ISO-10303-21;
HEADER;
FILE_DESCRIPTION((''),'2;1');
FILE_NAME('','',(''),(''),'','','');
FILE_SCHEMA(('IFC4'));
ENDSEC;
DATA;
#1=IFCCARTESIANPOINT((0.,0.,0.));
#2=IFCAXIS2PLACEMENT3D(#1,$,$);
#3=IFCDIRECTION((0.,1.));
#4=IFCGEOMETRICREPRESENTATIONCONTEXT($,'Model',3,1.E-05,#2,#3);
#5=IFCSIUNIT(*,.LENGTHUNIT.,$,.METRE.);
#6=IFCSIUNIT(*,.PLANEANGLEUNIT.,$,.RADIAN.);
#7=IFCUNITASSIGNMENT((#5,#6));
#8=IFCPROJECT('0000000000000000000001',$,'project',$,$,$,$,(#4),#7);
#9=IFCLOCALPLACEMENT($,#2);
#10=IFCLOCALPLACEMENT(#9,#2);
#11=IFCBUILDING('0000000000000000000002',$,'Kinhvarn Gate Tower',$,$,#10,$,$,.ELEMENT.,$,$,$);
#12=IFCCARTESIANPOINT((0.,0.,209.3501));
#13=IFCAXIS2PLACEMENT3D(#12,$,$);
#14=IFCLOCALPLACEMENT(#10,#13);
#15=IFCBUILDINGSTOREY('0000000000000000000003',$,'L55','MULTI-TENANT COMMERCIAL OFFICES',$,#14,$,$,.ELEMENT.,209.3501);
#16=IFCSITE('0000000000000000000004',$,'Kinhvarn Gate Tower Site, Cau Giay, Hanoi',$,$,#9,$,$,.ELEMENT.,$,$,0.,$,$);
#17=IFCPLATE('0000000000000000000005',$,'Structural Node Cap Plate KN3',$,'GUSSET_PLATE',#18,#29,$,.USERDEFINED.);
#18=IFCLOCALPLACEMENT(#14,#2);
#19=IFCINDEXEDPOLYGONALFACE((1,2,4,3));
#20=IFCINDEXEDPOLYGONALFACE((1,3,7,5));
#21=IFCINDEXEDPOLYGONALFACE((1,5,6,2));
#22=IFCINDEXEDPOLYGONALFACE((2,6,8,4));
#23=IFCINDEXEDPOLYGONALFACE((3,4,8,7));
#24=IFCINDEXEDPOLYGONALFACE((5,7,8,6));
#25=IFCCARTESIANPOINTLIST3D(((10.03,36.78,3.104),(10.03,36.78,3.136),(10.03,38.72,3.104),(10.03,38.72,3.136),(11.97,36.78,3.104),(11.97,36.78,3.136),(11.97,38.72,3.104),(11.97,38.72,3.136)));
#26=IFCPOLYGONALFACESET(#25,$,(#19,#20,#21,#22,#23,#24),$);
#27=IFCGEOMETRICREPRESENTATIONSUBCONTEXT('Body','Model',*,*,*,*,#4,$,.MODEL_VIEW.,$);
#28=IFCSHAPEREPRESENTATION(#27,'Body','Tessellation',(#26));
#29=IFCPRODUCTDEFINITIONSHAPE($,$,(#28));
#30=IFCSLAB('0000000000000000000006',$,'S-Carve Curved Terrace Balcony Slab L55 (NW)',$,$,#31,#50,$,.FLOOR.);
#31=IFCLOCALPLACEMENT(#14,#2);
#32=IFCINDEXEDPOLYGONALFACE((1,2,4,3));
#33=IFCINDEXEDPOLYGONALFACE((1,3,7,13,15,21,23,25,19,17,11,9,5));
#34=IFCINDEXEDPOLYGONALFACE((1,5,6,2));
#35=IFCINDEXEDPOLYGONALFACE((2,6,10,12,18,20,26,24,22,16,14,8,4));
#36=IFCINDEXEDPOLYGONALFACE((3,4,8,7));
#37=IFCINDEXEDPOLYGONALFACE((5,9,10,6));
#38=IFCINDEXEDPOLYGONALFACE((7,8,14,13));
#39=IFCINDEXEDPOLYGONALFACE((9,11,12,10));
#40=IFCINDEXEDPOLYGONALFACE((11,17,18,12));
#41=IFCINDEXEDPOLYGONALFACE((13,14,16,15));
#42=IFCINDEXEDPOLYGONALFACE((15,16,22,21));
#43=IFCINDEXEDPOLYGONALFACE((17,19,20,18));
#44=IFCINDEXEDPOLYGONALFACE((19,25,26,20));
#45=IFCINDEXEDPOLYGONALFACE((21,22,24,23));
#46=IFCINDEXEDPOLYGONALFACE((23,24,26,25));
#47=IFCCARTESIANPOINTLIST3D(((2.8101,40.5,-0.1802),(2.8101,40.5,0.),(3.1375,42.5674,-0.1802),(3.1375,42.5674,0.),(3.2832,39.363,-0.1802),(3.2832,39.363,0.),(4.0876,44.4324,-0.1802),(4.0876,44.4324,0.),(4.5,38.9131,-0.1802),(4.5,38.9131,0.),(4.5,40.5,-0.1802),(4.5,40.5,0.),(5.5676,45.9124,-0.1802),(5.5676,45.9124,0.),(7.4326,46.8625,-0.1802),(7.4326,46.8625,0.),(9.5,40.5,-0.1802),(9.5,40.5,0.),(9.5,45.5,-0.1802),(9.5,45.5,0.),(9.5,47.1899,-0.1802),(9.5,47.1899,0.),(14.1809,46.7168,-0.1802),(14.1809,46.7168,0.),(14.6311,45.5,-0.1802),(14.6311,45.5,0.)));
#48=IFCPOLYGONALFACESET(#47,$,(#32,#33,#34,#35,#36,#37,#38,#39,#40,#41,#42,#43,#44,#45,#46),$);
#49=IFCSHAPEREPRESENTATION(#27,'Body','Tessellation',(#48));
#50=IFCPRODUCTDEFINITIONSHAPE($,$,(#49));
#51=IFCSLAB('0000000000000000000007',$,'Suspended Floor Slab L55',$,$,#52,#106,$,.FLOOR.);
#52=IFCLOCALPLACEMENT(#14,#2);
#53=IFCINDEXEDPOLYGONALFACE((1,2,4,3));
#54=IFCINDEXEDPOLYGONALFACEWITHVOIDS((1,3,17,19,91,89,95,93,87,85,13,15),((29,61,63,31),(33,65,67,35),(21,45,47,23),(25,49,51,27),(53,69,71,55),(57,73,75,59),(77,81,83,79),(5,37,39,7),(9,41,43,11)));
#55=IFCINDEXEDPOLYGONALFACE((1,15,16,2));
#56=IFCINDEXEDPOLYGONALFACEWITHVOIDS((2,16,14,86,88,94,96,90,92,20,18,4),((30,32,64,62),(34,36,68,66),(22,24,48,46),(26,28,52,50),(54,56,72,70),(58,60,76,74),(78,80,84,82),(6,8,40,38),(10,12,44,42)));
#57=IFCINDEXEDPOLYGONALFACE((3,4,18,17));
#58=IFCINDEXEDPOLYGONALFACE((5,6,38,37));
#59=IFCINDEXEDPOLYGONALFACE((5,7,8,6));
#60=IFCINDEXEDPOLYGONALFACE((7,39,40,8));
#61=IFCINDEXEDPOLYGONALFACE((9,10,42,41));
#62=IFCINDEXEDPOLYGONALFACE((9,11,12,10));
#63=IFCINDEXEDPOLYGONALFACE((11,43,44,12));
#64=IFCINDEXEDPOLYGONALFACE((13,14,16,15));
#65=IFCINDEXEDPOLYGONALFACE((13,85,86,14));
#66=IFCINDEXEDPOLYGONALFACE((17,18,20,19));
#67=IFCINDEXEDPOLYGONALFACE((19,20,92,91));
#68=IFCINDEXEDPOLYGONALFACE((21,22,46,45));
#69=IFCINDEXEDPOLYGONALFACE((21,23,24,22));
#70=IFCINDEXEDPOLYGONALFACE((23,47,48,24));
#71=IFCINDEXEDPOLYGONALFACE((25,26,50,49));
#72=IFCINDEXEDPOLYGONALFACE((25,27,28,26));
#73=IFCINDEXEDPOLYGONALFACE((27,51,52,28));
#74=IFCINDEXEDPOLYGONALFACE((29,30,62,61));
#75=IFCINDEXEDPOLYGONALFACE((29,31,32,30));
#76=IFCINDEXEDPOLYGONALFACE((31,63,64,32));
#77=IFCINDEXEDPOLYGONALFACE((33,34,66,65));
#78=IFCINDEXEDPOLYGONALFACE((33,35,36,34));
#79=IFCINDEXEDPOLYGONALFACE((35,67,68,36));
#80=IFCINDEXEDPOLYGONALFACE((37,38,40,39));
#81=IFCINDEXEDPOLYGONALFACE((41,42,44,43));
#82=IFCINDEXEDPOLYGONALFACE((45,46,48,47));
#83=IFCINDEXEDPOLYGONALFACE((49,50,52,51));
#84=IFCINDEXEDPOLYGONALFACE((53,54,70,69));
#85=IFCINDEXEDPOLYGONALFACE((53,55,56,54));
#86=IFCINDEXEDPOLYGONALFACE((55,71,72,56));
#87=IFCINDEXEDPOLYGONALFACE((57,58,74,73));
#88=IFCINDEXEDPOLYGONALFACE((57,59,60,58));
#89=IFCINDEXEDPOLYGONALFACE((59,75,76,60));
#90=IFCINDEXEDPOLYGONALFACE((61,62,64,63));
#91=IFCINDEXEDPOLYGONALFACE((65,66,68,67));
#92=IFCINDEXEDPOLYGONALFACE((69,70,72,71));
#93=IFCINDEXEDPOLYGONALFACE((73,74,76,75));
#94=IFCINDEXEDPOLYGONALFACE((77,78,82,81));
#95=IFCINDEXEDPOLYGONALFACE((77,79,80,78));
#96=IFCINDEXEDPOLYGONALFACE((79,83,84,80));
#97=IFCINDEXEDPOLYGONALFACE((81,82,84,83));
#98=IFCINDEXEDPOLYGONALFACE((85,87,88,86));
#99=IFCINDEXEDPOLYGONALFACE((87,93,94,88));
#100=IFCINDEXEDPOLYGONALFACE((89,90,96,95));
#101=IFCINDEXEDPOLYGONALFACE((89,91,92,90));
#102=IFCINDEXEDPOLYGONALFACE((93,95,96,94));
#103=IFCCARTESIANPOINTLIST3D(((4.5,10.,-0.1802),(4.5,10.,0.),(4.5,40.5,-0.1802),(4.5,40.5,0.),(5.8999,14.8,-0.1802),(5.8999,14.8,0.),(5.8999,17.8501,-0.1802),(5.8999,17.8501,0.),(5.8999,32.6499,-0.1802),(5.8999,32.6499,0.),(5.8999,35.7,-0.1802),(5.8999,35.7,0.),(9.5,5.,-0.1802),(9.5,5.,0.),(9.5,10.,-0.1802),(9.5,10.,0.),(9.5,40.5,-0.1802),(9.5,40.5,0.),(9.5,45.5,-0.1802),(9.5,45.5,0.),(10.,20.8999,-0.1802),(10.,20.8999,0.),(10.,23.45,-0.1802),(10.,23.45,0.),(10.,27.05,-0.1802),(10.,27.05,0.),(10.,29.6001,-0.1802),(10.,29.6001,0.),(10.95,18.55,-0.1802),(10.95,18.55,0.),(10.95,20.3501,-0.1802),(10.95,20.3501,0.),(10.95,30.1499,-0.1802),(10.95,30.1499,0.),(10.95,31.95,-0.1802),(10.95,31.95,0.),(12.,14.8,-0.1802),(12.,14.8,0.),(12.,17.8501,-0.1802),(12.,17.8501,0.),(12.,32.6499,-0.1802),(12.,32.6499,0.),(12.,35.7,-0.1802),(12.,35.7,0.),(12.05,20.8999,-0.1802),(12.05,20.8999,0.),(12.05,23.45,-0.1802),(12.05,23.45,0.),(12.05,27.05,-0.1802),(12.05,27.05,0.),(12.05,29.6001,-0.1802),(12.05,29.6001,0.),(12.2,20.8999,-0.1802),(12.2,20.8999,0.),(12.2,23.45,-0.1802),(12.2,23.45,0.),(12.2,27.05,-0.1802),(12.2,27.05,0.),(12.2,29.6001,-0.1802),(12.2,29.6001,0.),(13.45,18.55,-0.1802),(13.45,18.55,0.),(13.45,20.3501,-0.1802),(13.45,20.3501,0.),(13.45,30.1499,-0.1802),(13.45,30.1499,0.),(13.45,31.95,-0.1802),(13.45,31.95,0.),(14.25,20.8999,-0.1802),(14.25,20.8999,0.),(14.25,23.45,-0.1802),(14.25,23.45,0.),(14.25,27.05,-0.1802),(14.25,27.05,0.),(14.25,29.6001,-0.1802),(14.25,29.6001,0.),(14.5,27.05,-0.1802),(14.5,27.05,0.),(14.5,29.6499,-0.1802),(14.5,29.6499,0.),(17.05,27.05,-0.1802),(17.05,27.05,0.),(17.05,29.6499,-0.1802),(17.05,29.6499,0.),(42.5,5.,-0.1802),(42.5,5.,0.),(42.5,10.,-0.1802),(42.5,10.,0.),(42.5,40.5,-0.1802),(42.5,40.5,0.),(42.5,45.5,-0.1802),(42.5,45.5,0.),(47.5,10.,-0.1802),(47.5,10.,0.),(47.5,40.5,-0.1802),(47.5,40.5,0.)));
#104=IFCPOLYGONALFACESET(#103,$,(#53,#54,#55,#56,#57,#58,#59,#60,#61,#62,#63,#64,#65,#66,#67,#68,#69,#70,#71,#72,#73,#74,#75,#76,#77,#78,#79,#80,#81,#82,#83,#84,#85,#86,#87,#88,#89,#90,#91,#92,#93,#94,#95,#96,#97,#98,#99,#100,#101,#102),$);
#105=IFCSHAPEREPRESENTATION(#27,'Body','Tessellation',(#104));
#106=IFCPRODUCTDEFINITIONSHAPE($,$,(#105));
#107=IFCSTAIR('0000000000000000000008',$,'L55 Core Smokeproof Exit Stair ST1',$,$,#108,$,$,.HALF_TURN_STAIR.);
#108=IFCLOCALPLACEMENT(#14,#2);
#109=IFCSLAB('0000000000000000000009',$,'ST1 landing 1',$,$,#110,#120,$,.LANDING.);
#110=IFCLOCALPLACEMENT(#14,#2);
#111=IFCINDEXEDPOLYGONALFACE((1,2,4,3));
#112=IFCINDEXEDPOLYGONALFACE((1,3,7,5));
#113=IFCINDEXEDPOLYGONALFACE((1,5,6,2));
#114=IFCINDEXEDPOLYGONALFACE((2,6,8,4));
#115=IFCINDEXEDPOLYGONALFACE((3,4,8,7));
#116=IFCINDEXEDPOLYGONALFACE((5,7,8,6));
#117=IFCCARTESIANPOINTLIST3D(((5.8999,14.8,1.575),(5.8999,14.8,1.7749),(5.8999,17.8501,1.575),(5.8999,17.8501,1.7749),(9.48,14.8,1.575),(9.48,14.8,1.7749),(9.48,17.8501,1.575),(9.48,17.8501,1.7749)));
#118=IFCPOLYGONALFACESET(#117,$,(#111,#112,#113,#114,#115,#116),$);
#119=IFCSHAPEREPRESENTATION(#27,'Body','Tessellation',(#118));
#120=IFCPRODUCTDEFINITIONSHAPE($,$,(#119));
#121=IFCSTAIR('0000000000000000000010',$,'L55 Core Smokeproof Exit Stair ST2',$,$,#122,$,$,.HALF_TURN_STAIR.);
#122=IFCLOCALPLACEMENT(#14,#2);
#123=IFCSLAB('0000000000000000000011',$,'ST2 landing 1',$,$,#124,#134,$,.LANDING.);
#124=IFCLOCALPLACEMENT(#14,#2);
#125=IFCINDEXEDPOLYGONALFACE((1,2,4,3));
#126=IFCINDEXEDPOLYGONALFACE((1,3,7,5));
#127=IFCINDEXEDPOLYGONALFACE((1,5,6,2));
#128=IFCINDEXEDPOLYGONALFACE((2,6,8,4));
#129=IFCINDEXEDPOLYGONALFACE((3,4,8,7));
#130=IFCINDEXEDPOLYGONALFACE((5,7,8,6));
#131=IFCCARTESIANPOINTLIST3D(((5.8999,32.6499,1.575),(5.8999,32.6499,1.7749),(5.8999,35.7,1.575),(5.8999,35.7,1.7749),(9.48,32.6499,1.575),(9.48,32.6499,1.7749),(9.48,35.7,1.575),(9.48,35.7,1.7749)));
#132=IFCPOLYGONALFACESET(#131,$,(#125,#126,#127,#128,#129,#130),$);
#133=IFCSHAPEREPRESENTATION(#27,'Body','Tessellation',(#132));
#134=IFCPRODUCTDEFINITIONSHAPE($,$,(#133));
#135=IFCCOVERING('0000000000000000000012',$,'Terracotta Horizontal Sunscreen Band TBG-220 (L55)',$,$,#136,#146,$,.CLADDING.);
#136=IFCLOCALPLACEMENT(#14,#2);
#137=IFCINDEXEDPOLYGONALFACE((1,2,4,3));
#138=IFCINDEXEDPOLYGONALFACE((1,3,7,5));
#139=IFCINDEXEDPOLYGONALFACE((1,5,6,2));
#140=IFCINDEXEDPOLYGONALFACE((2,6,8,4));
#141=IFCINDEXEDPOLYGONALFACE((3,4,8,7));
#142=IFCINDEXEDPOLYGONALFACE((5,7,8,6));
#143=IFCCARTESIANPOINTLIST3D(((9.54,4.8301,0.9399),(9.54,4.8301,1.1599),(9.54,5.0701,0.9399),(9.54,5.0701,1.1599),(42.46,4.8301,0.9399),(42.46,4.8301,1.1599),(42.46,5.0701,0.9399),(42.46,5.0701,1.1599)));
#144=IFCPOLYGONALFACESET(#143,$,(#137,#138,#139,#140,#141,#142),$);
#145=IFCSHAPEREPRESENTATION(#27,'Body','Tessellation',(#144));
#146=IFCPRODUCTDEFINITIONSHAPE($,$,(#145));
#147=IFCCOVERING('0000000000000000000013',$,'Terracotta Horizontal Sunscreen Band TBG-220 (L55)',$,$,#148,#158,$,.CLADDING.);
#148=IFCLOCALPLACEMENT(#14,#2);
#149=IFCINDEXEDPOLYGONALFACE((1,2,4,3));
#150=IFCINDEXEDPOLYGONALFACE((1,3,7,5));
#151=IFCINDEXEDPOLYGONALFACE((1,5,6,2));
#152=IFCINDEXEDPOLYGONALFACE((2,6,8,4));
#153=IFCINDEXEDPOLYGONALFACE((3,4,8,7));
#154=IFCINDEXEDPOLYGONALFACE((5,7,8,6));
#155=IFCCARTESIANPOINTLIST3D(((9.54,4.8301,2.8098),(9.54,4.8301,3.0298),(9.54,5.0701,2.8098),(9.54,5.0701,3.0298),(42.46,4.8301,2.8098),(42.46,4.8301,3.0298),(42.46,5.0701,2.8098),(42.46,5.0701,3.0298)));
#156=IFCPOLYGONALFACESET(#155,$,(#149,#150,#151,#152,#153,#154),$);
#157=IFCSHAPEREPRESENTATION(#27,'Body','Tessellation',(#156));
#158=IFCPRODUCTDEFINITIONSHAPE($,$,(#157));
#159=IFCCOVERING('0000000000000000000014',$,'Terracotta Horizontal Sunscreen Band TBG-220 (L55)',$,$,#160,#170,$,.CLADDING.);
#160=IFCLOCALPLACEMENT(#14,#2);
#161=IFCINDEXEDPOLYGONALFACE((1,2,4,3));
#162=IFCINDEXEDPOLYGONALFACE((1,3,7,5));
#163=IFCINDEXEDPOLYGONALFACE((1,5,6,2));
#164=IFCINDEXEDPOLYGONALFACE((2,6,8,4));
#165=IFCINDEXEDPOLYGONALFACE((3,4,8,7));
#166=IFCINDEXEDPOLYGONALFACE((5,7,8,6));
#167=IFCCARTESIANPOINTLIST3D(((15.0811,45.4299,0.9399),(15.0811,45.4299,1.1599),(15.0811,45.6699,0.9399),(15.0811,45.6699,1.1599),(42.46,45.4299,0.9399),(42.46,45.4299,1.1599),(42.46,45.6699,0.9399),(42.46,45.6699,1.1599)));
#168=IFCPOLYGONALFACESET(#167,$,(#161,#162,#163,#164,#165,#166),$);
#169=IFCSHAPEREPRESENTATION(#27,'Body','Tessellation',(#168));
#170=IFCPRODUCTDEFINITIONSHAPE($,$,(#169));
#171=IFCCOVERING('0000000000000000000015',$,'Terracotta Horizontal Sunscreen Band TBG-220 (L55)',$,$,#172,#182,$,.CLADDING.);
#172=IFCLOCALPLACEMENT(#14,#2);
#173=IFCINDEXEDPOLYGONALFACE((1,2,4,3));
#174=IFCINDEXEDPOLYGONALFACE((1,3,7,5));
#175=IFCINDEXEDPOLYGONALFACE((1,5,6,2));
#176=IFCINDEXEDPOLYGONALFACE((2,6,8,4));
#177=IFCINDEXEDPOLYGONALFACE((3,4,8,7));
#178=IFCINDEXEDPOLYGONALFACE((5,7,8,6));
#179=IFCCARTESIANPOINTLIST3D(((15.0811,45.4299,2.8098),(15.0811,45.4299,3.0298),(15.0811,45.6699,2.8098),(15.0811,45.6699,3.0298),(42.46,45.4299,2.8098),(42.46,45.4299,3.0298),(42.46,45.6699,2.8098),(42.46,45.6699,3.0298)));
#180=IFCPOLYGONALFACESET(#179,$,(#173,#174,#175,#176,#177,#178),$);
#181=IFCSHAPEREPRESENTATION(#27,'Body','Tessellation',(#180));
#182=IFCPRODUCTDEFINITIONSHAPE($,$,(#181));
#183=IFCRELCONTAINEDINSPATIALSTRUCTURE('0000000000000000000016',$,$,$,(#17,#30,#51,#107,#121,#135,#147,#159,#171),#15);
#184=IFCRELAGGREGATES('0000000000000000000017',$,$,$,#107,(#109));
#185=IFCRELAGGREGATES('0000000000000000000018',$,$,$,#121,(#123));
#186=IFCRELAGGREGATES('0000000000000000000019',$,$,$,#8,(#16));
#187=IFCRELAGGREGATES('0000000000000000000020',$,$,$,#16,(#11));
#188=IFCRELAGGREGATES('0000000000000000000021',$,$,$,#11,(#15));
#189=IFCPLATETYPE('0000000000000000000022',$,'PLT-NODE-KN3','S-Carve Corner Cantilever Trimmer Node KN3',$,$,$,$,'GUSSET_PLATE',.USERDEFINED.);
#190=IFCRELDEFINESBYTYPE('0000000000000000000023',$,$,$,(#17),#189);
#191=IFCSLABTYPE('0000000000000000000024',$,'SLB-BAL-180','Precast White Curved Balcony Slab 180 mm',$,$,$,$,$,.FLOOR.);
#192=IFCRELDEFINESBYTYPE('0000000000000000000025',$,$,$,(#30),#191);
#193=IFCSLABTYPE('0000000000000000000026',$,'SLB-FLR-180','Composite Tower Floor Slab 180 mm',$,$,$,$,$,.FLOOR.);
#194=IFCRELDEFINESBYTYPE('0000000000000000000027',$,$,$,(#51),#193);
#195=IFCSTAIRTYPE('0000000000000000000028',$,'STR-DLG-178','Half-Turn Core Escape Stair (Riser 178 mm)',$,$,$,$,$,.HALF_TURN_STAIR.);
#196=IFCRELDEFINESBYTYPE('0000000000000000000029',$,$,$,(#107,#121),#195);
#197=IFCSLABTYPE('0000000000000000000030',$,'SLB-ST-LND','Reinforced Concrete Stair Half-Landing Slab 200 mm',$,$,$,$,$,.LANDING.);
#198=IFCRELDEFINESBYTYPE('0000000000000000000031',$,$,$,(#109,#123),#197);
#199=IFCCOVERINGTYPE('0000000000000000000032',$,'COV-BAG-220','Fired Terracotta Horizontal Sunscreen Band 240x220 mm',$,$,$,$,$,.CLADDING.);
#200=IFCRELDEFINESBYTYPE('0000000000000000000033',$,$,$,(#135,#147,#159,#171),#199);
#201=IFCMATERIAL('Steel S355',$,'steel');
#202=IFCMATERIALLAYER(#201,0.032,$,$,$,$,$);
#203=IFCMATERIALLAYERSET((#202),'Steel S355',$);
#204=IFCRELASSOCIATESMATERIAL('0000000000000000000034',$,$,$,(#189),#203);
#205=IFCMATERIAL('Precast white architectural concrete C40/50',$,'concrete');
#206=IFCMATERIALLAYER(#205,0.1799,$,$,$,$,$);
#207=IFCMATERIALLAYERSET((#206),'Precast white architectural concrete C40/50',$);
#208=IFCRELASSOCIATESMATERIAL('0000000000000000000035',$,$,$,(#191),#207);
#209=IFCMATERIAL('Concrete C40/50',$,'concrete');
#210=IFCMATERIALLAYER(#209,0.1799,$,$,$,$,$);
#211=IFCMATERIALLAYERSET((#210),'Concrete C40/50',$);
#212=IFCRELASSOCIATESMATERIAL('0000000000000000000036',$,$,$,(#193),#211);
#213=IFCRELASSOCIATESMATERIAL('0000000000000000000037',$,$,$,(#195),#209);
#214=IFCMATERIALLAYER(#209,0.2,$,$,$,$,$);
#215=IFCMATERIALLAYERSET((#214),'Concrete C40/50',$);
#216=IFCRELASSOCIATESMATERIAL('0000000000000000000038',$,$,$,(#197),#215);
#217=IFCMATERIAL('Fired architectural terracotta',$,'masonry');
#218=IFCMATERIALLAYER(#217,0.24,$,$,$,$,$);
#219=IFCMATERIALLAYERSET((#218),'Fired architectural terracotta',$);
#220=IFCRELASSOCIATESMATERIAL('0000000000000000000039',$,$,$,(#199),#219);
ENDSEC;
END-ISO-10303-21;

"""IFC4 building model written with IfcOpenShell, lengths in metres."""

from ifc_helpers import new_model, si_unit, direction, frame, origin, place, context, subcontext, project, spatial, polyline, outline, extrude, material, layer, layer_set, type_object, element, aggregate, save


model = new_model("IFC4")

# Units and contexts
model_context = context("Model", 3, precision=1e-05, world=origin(), true_north=direction((0.0, 1.0)))
body_context = subcontext(model_context, "Body", "Model", "MODEL_VIEW")
ifc_project = project(units=[si_unit("LENGTHUNIT", "METRE"), si_unit("PLANEANGLEUNIT", "RADIAN")], contexts=[model_context])

# Site, building, storey
site_placement = place(None, origin())
site = spatial("IfcSite", under=ifc_project, at=site_placement, Name="Kinhvarn Gate Tower Site, Cau Giay, Hanoi", CompositionType="ELEMENT", RefElevation=0.0)
building_placement = place(site_placement, origin())
building = spatial("IfcBuilding", under=site, at=building_placement, Name="Kinhvarn Gate Tower", CompositionType="ELEMENT")
storey_placement = place(building_placement, frame((0.0, 0.0, 209.3501)))
storey = spatial("IfcBuildingStorey", under=building, at=storey_placement, Name="L55", Description="MULTI-TENANT COMMERCIAL OFFICES", CompositionType="ELEMENT", Elevation=209.3501)

# Plate
ifc_material_1 = material(Name="Steel S355", Category="steel")
ifc_layer_1 = layer(ifc_material_1, 0.032)
ifc_layer_set_1 = layer_set([ifc_layer_1], Name="Steel S355")
plate_type = type_object("IfcPlateType", Name="PLT-NODE-KN3", Description="S-Carve Corner Cantilever Trimmer Node KN3", ElementType="GUSSET_PLATE", PredefinedType="USERDEFINED", material=ifc_layer_set_1)
plate_placement = place(storey_placement, frame((0.0, 0.0, 3.104)))
element("IfcPlate", 1, at=plate_placement, inside=storey, type_object=plate_type, Name="Structural Node Cap Plate KN3", ObjectType="GUSSET_PLATE", PredefinedType="USERDEFINED", context=body_context, shape_type="SweptSolid", body=[
    extrude(outline(polyline([(10.03, 36.78), (11.97, 36.78), (11.97, 38.72), (10.03, 38.72), (10.03, 36.78)])), origin(), (0.0, 0.0, 1.0), 0.032),
])

# Slabs
ifc_material_2 = material(Name="Precast white architectural concrete C40/50", Category="concrete")
ifc_layer_2 = layer(ifc_material_2, 0.1799)
ifc_layer_set_2 = layer_set([ifc_layer_2], Name="Precast white architectural concrete C40/50")
slab_type_1 = type_object("IfcSlabType", Name="SLB-BAL-180", Description="Precast White Curved Balcony Slab 180 mm", PredefinedType="FLOOR", material=ifc_layer_set_2)
slab_1_placement = place(storey_placement, frame((0.0, 0.0, -0.1802)))
element("IfcSlab", 2, at=slab_1_placement, inside=storey, type_object=slab_type_1, Name="S-Carve Curved Terrace Balcony Slab L55 (NW)", PredefinedType="FLOOR", context=body_context, shape_type="SweptSolid", body=[
    extrude(outline(polyline([(14.6311, 45.5), (14.1809, 46.7168), (9.5, 47.1899), (7.4326, 46.8625), (5.5676, 45.9124), (4.0876, 44.4324), (3.1375, 42.5674), (2.8101, 40.5), (3.2832, 39.363), (4.5, 38.9131), (4.5, 40.5), (9.5, 40.5), (9.5, 45.5), (14.6311, 45.5)])), origin(), (0.0, 0.0, 1.0), 0.1802),
])
ifc_material_3 = material(Name="Concrete C40/50", Category="concrete")
ifc_layer_3 = layer(ifc_material_3, 0.1799)
ifc_layer_set_3 = layer_set([ifc_layer_3], Name="Concrete C40/50")
slab_type_2 = type_object("IfcSlabType", Name="SLB-FLR-180", Description="Composite Tower Floor Slab 180 mm", PredefinedType="FLOOR", material=ifc_layer_set_3)
slab_2_placement = place(storey_placement, frame((0.0, 0.0, -0.1802)))
element("IfcSlab", 3, at=slab_2_placement, inside=storey, type_object=slab_type_2, Name="Suspended Floor Slab L55", PredefinedType="FLOOR", context=body_context, shape_type="SweptSolid", body=[
    extrude(outline(polyline([(9.5, 5.0), (42.5, 5.0), (42.5, 10.0), (47.5, 10.0), (47.5, 40.5), (42.5, 40.5), (42.5, 45.5), (9.5, 45.5), (9.5, 40.5), (4.5, 40.5), (4.5, 10.0), (9.5, 10.0), (9.5, 5.0)]), holes=[polyline([(5.8999, 14.8), (12.0, 14.8), (12.0, 17.8501), (5.8999, 17.8501), (5.8999, 14.8)]), polyline([(5.8999, 32.6499), (12.0, 32.6499), (12.0, 35.7), (5.8999, 35.7), (5.8999, 32.6499)]), polyline([(10.0, 20.8999), (12.05, 20.8999), (12.05, 23.45), (10.0, 23.45), (10.0, 20.8999)]), polyline([(12.2, 20.8999), (14.25, 20.8999), (14.25, 23.45), (12.2, 23.45), (12.2, 20.8999)]), polyline([(10.0, 27.05), (12.05, 27.05), (12.05, 29.6001), (10.0, 29.6001), (10.0, 27.05)]), polyline([(12.2, 27.05), (14.25, 27.05), (14.25, 29.6001), (12.2, 29.6001), (12.2, 27.05)]), polyline([(14.5, 27.05), (17.05, 27.05), (17.05, 29.6499), (14.5, 29.6499), (14.5, 27.05)]), polyline([(10.95, 18.55), (13.45, 18.55), (13.45, 20.3501), (10.95, 20.3501), (10.95, 18.55)]), polyline([(10.95, 30.1499), (13.45, 30.1499), (13.45, 31.95), (10.95, 31.95), (10.95, 30.1499)])]), origin(), (0.0, 0.0, 1.0), 0.1802),
])

# Stairs, slabs
stair_type = type_object("IfcStairType", Name="STR-DLG-178", Description="Half-Turn Core Escape Stair (Riser 178 mm)", PredefinedType="HALF_TURN_STAIR", material=ifc_material_3)
stair_1_placement = place(storey_placement, origin())
stair_1 = element("IfcStair", 4, at=stair_1_placement, inside=storey, type_object=stair_type, Name="L55 Core Smokeproof Exit Stair ST1", PredefinedType="HALF_TURN_STAIR")
ifc_layer_4 = layer(ifc_material_3, 0.2)
ifc_layer_set_4 = layer_set([ifc_layer_4], Name="Concrete C40/50")
slab_type_3 = type_object("IfcSlabType", Name="SLB-ST-LND", Description="Reinforced Concrete Stair Half-Landing Slab 200 mm", PredefinedType="LANDING", material=ifc_layer_set_4)
slab_3_placement = place(storey_placement, frame((0.0, 0.0, 1.575)))
slab_3 = element("IfcSlab", 5, at=slab_3_placement, type_object=slab_type_3, Name="ST1 landing 1", PredefinedType="LANDING", context=body_context, shape_type="SweptSolid", body=[
    extrude(outline(polyline([(9.48, 17.8501), (5.8999, 17.8501), (5.8999, 14.8), (9.48, 14.8), (9.48, 17.8501)])), origin(), (0.0, 0.0, 1.0), 0.2),
])
aggregate(stair_1, [slab_3])
stair_2_placement = place(storey_placement, origin())
stair_2 = element("IfcStair", 6, at=stair_2_placement, inside=storey, type_object=stair_type, Name="L55 Core Smokeproof Exit Stair ST2", PredefinedType="HALF_TURN_STAIR")
slab_4_placement = place(storey_placement, frame((0.0, 0.0, 1.575)))
slab_4 = element("IfcSlab", 7, at=slab_4_placement, type_object=slab_type_3, Name="ST2 landing 1", PredefinedType="LANDING", context=body_context, shape_type="SweptSolid", body=[
    extrude(outline(polyline([(9.48, 35.7), (5.8999, 35.7), (5.8999, 32.6499), (9.48, 32.6499), (9.48, 35.7)])), origin(), (0.0, 0.0, 1.0), 0.2),
])
aggregate(stair_2, [slab_4])

# Coverings
ifc_material_4 = material(Name="Fired architectural terracotta", Category="masonry")
ifc_layer_5 = layer(ifc_material_4, 0.24)
ifc_layer_set_5 = layer_set([ifc_layer_5], Name="Fired architectural terracotta")
covering_type_1 = type_object("IfcCoveringType", Name="COV-BAG-220", Description="Fired Terracotta Horizontal Sunscreen Band 240x220 mm", PredefinedType="CLADDING", material=ifc_layer_set_5)
for number, where, name in (
    (8, (0.0, 0.0, 0.9399), "Terracotta Horizontal Sunscreen Band TBG-220 (L55)"),
    (9, (0.0, 0.0, 2.8098), "Terracotta Horizontal Sunscreen Band TBG-220 (L55)"),
):
    element("IfcCovering", number, at=place(storey_placement, frame(where)), inside=storey, type_object=covering_type_1, Name=name, PredefinedType="CLADDING", context=body_context, shape_type="SweptSolid", body=[
        extrude(outline(polyline([(9.54, 5.0701), (42.46, 5.0701), (42.46, 4.8301), (9.54, 4.8301), (9.54, 5.0701)])), origin(), (0.0, 0.0, 1.0), 0.22),
    ])
for number, where, name in (
    (10, (0.0, 0.0, 0.9399), "Terracotta Horizontal Sunscreen Band TBG-220 (L55)"),
    (11, (0.0, 0.0, 2.8098), "Terracotta Horizontal Sunscreen Band TBG-220 (L55)"),
):
    element("IfcCovering", number, at=place(storey_placement, frame(where)), inside=storey, type_object=covering_type_1, Name=name, PredefinedType="CLADDING", context=body_context, shape_type="SweptSolid", body=[
        extrude(outline(polyline([(42.46, 45.4299), (15.0811, 45.4299), (15.0811, 45.6699), (42.46, 45.6699), (42.46, 45.4299)])), origin(), (0.0, 0.0, 1.0), 0.22),
    ])

save(model, "model.ifc")
